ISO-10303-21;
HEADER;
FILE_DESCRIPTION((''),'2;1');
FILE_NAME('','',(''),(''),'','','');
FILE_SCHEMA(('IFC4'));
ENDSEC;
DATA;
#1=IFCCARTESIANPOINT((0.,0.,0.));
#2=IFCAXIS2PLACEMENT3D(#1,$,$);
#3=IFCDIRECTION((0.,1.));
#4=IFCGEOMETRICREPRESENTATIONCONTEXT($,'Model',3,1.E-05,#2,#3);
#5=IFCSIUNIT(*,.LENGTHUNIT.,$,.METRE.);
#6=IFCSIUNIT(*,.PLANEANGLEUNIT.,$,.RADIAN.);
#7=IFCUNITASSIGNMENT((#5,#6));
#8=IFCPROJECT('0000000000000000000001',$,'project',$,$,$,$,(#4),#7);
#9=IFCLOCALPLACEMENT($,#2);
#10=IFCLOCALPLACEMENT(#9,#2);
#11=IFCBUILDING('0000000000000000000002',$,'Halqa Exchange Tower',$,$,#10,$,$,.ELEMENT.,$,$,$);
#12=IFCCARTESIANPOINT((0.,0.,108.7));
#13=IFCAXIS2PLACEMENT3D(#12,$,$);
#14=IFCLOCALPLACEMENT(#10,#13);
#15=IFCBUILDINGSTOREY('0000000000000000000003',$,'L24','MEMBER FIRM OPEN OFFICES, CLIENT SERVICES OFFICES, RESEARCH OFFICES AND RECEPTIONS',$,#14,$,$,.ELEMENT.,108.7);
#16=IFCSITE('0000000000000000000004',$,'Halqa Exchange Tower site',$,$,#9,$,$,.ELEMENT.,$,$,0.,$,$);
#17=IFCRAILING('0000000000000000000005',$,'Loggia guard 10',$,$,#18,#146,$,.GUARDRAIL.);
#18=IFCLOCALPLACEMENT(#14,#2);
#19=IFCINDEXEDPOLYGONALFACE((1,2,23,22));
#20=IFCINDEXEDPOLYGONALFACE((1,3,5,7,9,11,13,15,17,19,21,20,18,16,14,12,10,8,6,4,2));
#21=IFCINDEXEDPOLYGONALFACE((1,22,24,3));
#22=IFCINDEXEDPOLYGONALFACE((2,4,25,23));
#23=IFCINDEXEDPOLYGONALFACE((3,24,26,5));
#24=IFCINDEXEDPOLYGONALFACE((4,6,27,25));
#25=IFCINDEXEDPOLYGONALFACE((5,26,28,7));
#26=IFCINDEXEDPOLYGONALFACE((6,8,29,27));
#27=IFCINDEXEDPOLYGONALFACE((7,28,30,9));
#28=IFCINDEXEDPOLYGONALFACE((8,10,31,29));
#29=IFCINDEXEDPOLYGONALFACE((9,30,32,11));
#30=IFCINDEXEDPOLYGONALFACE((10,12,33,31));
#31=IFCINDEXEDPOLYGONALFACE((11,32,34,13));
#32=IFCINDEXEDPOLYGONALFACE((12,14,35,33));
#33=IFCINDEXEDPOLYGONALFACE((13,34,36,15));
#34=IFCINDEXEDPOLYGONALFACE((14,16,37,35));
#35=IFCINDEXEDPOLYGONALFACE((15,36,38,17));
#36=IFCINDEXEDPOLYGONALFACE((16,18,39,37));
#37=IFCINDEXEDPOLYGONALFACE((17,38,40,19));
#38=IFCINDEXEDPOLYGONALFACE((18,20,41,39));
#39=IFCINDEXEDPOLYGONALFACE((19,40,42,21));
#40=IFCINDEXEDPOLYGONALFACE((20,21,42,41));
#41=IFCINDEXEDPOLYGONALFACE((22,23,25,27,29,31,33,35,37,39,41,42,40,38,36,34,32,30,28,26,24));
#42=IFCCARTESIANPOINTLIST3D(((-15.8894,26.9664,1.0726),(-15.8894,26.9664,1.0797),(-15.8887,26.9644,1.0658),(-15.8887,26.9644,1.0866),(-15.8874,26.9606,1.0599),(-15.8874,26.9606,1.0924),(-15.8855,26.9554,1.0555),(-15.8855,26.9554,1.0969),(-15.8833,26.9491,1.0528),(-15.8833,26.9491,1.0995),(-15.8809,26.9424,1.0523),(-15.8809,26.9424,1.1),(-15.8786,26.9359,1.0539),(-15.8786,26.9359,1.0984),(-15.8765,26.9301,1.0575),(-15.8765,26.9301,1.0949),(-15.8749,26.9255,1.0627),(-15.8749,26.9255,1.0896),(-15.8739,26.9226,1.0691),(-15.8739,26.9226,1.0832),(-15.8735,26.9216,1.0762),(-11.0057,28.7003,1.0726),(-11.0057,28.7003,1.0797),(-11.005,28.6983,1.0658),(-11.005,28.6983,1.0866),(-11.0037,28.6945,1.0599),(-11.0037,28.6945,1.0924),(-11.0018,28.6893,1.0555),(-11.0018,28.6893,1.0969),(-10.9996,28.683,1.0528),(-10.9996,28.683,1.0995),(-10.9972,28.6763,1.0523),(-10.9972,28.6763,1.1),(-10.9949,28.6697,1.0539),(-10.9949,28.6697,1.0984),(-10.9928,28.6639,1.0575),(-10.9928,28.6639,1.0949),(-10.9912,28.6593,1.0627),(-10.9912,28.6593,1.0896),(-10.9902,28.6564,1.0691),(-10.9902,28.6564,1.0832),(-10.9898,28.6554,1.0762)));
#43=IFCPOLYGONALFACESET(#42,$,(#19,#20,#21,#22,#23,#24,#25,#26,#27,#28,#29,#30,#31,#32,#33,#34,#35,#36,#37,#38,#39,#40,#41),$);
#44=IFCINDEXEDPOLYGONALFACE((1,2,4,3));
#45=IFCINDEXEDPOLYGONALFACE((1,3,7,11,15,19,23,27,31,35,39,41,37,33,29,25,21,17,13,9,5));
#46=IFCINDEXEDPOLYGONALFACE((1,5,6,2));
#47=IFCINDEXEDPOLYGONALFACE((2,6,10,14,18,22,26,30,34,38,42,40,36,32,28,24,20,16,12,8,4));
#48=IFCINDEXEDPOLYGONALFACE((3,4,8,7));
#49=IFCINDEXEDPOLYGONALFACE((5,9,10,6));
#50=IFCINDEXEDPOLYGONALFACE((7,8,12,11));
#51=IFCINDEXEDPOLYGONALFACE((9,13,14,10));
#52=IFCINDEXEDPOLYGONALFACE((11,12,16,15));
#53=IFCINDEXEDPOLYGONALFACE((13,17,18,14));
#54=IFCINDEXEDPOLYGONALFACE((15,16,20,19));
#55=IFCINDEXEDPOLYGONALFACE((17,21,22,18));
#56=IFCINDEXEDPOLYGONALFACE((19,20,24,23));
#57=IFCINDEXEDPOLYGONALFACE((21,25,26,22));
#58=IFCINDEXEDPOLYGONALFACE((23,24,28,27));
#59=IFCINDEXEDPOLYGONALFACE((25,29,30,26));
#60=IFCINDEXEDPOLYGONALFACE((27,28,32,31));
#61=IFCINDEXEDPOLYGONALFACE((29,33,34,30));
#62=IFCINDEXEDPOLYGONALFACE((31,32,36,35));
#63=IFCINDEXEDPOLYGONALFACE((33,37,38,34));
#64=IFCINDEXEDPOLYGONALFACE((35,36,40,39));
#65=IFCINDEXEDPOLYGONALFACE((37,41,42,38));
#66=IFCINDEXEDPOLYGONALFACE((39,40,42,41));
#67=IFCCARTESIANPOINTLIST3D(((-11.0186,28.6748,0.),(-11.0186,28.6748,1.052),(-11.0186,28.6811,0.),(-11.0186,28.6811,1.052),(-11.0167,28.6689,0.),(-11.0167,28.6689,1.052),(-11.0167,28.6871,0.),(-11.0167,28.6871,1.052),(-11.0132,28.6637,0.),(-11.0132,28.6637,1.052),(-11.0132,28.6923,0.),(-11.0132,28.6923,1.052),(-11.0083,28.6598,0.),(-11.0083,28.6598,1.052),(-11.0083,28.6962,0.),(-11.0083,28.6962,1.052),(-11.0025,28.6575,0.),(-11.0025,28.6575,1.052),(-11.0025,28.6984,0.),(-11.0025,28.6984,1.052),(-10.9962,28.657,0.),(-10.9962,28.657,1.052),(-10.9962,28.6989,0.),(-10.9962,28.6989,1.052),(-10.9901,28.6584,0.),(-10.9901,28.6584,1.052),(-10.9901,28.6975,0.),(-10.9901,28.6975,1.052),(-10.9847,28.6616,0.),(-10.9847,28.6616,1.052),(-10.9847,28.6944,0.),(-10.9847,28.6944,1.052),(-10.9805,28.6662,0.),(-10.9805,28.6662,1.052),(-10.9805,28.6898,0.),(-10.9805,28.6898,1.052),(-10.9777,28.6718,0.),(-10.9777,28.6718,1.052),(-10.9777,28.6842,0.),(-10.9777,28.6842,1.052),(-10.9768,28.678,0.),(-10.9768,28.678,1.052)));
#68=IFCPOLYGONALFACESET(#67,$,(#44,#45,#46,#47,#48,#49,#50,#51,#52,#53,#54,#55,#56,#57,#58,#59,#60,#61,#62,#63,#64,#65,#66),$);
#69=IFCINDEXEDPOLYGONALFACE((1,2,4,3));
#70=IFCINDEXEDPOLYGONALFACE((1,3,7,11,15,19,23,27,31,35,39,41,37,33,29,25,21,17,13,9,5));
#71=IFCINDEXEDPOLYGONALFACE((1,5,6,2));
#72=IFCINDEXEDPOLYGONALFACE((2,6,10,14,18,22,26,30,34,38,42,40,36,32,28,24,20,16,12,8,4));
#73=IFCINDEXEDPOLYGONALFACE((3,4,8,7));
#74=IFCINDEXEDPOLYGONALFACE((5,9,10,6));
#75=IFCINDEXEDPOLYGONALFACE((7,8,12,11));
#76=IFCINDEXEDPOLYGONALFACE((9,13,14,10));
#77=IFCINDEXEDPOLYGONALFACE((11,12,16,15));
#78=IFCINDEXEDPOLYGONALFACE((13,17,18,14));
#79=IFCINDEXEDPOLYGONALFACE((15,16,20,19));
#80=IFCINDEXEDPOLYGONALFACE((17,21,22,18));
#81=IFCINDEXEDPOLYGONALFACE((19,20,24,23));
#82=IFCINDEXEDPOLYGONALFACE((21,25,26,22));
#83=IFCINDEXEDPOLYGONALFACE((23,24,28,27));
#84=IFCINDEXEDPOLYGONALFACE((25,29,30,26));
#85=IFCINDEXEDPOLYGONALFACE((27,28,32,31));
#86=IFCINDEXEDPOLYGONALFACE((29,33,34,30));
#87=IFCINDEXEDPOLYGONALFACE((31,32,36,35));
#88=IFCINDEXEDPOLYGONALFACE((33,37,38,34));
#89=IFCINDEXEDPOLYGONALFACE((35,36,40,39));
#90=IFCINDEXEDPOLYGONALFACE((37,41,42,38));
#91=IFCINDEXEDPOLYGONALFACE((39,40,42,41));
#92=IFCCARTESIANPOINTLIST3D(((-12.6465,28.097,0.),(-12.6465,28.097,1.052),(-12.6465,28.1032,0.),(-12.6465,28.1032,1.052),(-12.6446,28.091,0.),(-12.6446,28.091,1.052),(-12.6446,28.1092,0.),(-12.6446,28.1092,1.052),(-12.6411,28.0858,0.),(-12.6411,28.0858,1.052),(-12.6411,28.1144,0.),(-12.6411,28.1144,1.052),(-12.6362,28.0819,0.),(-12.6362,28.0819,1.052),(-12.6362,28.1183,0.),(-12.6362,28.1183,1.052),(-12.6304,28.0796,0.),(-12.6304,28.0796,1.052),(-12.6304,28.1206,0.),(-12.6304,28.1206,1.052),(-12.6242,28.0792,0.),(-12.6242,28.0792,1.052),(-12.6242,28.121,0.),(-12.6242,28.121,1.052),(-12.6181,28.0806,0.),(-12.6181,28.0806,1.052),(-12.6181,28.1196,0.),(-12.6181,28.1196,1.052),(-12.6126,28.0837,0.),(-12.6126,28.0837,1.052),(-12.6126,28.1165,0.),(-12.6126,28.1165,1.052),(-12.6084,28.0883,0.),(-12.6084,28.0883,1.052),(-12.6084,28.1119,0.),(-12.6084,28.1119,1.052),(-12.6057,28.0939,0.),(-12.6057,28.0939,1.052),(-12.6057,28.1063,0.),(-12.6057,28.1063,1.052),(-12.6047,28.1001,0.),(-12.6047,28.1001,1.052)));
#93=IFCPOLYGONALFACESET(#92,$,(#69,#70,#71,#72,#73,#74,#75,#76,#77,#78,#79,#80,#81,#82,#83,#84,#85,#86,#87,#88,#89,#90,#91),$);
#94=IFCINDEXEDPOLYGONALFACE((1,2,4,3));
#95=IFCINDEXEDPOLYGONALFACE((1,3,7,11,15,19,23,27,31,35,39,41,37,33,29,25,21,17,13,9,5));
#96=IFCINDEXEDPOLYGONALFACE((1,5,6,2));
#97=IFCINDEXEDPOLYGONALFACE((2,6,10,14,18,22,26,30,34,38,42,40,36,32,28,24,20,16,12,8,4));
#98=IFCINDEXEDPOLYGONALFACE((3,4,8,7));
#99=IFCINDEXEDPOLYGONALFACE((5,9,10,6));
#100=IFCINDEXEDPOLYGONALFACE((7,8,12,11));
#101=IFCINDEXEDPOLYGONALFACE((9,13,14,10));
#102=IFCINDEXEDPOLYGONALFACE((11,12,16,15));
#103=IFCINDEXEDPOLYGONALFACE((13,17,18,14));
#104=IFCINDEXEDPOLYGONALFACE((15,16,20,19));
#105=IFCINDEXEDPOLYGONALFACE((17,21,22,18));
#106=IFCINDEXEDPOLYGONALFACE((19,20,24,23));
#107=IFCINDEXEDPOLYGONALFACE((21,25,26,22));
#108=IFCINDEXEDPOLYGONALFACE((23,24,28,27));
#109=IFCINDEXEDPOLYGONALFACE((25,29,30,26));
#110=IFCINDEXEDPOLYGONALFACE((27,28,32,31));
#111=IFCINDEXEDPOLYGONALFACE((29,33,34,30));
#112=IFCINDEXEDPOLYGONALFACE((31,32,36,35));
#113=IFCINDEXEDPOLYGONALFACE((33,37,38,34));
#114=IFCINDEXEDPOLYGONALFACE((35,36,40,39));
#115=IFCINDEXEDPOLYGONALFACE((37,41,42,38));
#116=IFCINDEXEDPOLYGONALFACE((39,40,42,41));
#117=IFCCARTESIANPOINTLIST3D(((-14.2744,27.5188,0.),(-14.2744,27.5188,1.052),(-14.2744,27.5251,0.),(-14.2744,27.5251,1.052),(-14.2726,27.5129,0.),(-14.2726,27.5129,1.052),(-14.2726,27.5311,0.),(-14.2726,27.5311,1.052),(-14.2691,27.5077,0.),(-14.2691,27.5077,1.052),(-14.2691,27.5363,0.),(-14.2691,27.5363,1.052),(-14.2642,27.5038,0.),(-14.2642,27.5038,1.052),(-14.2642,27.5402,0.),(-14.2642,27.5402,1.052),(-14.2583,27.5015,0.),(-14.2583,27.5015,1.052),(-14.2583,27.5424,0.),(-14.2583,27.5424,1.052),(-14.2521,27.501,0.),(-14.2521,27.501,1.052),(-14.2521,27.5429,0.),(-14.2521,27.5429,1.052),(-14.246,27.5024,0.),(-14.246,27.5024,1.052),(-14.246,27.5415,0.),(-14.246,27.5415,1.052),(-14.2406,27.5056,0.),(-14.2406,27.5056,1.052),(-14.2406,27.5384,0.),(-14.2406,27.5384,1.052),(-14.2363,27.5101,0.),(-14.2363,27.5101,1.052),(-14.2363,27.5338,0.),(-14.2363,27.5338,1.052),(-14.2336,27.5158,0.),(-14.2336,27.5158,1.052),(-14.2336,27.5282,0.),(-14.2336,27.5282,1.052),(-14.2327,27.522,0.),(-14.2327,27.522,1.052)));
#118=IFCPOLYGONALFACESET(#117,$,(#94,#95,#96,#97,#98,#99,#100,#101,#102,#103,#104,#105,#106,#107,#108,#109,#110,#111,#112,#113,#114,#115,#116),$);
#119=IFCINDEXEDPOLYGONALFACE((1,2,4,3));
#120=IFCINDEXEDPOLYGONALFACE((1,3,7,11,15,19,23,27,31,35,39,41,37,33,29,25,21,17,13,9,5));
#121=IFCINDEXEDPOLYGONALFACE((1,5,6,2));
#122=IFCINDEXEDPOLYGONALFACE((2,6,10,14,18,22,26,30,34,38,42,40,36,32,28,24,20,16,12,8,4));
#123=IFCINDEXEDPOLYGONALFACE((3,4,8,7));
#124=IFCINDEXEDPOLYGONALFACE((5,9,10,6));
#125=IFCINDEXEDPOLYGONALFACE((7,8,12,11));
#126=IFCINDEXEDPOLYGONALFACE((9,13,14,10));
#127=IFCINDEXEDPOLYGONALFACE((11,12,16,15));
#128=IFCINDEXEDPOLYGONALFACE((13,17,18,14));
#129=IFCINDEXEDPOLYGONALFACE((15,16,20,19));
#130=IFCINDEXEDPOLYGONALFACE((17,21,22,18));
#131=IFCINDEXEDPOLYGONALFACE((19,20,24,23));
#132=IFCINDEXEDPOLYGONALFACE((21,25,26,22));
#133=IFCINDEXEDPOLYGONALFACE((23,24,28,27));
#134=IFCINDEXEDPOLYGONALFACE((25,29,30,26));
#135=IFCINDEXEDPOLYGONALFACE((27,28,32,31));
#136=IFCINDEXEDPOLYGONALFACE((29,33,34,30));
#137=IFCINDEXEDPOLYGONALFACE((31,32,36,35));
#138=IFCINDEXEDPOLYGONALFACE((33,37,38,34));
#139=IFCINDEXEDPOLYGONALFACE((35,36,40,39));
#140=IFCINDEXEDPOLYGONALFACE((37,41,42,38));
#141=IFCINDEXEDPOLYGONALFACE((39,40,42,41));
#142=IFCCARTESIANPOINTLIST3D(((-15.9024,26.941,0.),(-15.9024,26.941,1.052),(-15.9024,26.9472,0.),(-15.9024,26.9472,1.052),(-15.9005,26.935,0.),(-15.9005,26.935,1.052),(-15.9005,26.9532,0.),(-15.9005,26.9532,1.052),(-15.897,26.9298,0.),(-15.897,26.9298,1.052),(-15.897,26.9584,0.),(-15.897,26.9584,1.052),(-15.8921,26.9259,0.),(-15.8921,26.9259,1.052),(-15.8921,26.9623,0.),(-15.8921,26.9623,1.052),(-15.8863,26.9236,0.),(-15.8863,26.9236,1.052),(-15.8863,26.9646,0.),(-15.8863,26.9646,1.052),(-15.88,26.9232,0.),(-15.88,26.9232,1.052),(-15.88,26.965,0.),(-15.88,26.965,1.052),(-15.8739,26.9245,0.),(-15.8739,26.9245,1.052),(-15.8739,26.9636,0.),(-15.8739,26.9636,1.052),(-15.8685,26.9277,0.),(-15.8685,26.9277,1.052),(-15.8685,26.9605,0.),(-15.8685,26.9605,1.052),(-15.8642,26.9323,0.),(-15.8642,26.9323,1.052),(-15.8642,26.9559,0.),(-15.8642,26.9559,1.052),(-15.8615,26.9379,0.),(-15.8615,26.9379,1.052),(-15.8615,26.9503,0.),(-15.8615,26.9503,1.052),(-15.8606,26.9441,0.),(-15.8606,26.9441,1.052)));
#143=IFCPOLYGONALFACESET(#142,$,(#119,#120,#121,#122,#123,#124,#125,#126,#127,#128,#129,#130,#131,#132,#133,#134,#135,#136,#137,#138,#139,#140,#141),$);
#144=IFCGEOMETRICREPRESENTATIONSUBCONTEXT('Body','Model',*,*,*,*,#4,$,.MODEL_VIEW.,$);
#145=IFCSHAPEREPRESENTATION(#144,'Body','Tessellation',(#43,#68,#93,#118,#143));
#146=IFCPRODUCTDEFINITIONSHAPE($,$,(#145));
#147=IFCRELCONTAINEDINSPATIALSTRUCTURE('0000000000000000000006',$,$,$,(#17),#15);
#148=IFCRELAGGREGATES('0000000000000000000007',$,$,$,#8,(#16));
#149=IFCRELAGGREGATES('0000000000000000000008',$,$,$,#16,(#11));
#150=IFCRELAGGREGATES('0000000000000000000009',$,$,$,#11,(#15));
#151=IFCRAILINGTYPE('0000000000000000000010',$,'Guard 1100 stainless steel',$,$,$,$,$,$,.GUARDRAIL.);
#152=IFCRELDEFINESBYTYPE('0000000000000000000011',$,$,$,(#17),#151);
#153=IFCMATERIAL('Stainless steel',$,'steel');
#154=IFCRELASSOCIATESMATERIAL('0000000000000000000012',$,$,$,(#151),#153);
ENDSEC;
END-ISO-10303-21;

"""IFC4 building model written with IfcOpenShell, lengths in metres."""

from ifc_helpers import new_model, si_unit, direction, frame, origin, origin_2d, place, context, subcontext, project, spatial, circle, extrude, material, type_object, element, save


model = new_model("IFC4")

# Units and contexts
model_context = context("Model", 3, precision=1e-05, world=origin(), true_north=direction((0.0, 1.0)))
body_context = subcontext(model_context, "Body", "Model", "MODEL_VIEW")
ifc_project = project(units=[si_unit("LENGTHUNIT", "METRE"), si_unit("PLANEANGLEUNIT", "RADIAN")], contexts=[model_context])

# Site, building, storey
site_placement = place(None, origin())
site = spatial("IfcSite", under=ifc_project, at=site_placement, Name="Halqa Exchange Tower site", CompositionType="ELEMENT", RefElevation=0.0)
building_placement = place(site_placement, origin())
building = spatial("IfcBuilding", under=site, at=building_placement, Name="Halqa Exchange Tower", CompositionType="ELEMENT")
storey_placement = place(building_placement, frame((0.0, 0.0, 108.7)))
storey = spatial("IfcBuildingStorey", under=building, at=storey_placement, Name="L24", Description="MEMBER FIRM OPEN OFFICES, CLIENT SERVICES OFFICES, RESEARCH OFFICES AND RECEPTIONS", CompositionType="ELEMENT", Elevation=108.7)

# Railing
ifc_material_1 = material(Name="Stainless steel", Category="steel")
railing_type_1 = type_object("IfcRailingType", Name="Guard 1100 stainless steel", PredefinedType="GUARDRAIL", material=ifc_material_1)
railing_1_placement = place(storey_placement, frame((-10.9978, 28.678, 0.0)))
element("IfcRailing", 1, at=railing_1_placement, inside=storey, type_object=railing_type_1, Name="Loggia guard 10", PredefinedType="GUARDRAIL", context=body_context, shape_type="SweptSolid", body=[
    extrude(circle(Radius=0.0239, at=origin_2d()), frame((0.0, 0.0, 1.0762), z_axis=(-0.942371, -0.334569, 0.0), x_axis=(0.334569, -0.942371, 0.0)), (0.0, 0.0, 1.0), 5.1824),
    extrude(circle(Radius=0.021, at=origin_2d()), origin(), (0.0, 0.0, 1.0), 1.052),
    extrude(circle(Radius=0.021, at=origin_2d()), frame((-1.6279, -0.5779, 0.0)), (0.0, 0.0, 1.0), 1.052),
    extrude(circle(Radius=0.021, at=origin_2d()), frame((-3.2559, -1.156, 0.0)), (0.0, 0.0, 1.0), 1.052),
    extrude(circle(Radius=0.021, at=origin_2d()), frame((-4.8838, -1.7339, 0.0)), (0.0, 0.0, 1.0), 1.052),
])

save(model, "model.ifc")
